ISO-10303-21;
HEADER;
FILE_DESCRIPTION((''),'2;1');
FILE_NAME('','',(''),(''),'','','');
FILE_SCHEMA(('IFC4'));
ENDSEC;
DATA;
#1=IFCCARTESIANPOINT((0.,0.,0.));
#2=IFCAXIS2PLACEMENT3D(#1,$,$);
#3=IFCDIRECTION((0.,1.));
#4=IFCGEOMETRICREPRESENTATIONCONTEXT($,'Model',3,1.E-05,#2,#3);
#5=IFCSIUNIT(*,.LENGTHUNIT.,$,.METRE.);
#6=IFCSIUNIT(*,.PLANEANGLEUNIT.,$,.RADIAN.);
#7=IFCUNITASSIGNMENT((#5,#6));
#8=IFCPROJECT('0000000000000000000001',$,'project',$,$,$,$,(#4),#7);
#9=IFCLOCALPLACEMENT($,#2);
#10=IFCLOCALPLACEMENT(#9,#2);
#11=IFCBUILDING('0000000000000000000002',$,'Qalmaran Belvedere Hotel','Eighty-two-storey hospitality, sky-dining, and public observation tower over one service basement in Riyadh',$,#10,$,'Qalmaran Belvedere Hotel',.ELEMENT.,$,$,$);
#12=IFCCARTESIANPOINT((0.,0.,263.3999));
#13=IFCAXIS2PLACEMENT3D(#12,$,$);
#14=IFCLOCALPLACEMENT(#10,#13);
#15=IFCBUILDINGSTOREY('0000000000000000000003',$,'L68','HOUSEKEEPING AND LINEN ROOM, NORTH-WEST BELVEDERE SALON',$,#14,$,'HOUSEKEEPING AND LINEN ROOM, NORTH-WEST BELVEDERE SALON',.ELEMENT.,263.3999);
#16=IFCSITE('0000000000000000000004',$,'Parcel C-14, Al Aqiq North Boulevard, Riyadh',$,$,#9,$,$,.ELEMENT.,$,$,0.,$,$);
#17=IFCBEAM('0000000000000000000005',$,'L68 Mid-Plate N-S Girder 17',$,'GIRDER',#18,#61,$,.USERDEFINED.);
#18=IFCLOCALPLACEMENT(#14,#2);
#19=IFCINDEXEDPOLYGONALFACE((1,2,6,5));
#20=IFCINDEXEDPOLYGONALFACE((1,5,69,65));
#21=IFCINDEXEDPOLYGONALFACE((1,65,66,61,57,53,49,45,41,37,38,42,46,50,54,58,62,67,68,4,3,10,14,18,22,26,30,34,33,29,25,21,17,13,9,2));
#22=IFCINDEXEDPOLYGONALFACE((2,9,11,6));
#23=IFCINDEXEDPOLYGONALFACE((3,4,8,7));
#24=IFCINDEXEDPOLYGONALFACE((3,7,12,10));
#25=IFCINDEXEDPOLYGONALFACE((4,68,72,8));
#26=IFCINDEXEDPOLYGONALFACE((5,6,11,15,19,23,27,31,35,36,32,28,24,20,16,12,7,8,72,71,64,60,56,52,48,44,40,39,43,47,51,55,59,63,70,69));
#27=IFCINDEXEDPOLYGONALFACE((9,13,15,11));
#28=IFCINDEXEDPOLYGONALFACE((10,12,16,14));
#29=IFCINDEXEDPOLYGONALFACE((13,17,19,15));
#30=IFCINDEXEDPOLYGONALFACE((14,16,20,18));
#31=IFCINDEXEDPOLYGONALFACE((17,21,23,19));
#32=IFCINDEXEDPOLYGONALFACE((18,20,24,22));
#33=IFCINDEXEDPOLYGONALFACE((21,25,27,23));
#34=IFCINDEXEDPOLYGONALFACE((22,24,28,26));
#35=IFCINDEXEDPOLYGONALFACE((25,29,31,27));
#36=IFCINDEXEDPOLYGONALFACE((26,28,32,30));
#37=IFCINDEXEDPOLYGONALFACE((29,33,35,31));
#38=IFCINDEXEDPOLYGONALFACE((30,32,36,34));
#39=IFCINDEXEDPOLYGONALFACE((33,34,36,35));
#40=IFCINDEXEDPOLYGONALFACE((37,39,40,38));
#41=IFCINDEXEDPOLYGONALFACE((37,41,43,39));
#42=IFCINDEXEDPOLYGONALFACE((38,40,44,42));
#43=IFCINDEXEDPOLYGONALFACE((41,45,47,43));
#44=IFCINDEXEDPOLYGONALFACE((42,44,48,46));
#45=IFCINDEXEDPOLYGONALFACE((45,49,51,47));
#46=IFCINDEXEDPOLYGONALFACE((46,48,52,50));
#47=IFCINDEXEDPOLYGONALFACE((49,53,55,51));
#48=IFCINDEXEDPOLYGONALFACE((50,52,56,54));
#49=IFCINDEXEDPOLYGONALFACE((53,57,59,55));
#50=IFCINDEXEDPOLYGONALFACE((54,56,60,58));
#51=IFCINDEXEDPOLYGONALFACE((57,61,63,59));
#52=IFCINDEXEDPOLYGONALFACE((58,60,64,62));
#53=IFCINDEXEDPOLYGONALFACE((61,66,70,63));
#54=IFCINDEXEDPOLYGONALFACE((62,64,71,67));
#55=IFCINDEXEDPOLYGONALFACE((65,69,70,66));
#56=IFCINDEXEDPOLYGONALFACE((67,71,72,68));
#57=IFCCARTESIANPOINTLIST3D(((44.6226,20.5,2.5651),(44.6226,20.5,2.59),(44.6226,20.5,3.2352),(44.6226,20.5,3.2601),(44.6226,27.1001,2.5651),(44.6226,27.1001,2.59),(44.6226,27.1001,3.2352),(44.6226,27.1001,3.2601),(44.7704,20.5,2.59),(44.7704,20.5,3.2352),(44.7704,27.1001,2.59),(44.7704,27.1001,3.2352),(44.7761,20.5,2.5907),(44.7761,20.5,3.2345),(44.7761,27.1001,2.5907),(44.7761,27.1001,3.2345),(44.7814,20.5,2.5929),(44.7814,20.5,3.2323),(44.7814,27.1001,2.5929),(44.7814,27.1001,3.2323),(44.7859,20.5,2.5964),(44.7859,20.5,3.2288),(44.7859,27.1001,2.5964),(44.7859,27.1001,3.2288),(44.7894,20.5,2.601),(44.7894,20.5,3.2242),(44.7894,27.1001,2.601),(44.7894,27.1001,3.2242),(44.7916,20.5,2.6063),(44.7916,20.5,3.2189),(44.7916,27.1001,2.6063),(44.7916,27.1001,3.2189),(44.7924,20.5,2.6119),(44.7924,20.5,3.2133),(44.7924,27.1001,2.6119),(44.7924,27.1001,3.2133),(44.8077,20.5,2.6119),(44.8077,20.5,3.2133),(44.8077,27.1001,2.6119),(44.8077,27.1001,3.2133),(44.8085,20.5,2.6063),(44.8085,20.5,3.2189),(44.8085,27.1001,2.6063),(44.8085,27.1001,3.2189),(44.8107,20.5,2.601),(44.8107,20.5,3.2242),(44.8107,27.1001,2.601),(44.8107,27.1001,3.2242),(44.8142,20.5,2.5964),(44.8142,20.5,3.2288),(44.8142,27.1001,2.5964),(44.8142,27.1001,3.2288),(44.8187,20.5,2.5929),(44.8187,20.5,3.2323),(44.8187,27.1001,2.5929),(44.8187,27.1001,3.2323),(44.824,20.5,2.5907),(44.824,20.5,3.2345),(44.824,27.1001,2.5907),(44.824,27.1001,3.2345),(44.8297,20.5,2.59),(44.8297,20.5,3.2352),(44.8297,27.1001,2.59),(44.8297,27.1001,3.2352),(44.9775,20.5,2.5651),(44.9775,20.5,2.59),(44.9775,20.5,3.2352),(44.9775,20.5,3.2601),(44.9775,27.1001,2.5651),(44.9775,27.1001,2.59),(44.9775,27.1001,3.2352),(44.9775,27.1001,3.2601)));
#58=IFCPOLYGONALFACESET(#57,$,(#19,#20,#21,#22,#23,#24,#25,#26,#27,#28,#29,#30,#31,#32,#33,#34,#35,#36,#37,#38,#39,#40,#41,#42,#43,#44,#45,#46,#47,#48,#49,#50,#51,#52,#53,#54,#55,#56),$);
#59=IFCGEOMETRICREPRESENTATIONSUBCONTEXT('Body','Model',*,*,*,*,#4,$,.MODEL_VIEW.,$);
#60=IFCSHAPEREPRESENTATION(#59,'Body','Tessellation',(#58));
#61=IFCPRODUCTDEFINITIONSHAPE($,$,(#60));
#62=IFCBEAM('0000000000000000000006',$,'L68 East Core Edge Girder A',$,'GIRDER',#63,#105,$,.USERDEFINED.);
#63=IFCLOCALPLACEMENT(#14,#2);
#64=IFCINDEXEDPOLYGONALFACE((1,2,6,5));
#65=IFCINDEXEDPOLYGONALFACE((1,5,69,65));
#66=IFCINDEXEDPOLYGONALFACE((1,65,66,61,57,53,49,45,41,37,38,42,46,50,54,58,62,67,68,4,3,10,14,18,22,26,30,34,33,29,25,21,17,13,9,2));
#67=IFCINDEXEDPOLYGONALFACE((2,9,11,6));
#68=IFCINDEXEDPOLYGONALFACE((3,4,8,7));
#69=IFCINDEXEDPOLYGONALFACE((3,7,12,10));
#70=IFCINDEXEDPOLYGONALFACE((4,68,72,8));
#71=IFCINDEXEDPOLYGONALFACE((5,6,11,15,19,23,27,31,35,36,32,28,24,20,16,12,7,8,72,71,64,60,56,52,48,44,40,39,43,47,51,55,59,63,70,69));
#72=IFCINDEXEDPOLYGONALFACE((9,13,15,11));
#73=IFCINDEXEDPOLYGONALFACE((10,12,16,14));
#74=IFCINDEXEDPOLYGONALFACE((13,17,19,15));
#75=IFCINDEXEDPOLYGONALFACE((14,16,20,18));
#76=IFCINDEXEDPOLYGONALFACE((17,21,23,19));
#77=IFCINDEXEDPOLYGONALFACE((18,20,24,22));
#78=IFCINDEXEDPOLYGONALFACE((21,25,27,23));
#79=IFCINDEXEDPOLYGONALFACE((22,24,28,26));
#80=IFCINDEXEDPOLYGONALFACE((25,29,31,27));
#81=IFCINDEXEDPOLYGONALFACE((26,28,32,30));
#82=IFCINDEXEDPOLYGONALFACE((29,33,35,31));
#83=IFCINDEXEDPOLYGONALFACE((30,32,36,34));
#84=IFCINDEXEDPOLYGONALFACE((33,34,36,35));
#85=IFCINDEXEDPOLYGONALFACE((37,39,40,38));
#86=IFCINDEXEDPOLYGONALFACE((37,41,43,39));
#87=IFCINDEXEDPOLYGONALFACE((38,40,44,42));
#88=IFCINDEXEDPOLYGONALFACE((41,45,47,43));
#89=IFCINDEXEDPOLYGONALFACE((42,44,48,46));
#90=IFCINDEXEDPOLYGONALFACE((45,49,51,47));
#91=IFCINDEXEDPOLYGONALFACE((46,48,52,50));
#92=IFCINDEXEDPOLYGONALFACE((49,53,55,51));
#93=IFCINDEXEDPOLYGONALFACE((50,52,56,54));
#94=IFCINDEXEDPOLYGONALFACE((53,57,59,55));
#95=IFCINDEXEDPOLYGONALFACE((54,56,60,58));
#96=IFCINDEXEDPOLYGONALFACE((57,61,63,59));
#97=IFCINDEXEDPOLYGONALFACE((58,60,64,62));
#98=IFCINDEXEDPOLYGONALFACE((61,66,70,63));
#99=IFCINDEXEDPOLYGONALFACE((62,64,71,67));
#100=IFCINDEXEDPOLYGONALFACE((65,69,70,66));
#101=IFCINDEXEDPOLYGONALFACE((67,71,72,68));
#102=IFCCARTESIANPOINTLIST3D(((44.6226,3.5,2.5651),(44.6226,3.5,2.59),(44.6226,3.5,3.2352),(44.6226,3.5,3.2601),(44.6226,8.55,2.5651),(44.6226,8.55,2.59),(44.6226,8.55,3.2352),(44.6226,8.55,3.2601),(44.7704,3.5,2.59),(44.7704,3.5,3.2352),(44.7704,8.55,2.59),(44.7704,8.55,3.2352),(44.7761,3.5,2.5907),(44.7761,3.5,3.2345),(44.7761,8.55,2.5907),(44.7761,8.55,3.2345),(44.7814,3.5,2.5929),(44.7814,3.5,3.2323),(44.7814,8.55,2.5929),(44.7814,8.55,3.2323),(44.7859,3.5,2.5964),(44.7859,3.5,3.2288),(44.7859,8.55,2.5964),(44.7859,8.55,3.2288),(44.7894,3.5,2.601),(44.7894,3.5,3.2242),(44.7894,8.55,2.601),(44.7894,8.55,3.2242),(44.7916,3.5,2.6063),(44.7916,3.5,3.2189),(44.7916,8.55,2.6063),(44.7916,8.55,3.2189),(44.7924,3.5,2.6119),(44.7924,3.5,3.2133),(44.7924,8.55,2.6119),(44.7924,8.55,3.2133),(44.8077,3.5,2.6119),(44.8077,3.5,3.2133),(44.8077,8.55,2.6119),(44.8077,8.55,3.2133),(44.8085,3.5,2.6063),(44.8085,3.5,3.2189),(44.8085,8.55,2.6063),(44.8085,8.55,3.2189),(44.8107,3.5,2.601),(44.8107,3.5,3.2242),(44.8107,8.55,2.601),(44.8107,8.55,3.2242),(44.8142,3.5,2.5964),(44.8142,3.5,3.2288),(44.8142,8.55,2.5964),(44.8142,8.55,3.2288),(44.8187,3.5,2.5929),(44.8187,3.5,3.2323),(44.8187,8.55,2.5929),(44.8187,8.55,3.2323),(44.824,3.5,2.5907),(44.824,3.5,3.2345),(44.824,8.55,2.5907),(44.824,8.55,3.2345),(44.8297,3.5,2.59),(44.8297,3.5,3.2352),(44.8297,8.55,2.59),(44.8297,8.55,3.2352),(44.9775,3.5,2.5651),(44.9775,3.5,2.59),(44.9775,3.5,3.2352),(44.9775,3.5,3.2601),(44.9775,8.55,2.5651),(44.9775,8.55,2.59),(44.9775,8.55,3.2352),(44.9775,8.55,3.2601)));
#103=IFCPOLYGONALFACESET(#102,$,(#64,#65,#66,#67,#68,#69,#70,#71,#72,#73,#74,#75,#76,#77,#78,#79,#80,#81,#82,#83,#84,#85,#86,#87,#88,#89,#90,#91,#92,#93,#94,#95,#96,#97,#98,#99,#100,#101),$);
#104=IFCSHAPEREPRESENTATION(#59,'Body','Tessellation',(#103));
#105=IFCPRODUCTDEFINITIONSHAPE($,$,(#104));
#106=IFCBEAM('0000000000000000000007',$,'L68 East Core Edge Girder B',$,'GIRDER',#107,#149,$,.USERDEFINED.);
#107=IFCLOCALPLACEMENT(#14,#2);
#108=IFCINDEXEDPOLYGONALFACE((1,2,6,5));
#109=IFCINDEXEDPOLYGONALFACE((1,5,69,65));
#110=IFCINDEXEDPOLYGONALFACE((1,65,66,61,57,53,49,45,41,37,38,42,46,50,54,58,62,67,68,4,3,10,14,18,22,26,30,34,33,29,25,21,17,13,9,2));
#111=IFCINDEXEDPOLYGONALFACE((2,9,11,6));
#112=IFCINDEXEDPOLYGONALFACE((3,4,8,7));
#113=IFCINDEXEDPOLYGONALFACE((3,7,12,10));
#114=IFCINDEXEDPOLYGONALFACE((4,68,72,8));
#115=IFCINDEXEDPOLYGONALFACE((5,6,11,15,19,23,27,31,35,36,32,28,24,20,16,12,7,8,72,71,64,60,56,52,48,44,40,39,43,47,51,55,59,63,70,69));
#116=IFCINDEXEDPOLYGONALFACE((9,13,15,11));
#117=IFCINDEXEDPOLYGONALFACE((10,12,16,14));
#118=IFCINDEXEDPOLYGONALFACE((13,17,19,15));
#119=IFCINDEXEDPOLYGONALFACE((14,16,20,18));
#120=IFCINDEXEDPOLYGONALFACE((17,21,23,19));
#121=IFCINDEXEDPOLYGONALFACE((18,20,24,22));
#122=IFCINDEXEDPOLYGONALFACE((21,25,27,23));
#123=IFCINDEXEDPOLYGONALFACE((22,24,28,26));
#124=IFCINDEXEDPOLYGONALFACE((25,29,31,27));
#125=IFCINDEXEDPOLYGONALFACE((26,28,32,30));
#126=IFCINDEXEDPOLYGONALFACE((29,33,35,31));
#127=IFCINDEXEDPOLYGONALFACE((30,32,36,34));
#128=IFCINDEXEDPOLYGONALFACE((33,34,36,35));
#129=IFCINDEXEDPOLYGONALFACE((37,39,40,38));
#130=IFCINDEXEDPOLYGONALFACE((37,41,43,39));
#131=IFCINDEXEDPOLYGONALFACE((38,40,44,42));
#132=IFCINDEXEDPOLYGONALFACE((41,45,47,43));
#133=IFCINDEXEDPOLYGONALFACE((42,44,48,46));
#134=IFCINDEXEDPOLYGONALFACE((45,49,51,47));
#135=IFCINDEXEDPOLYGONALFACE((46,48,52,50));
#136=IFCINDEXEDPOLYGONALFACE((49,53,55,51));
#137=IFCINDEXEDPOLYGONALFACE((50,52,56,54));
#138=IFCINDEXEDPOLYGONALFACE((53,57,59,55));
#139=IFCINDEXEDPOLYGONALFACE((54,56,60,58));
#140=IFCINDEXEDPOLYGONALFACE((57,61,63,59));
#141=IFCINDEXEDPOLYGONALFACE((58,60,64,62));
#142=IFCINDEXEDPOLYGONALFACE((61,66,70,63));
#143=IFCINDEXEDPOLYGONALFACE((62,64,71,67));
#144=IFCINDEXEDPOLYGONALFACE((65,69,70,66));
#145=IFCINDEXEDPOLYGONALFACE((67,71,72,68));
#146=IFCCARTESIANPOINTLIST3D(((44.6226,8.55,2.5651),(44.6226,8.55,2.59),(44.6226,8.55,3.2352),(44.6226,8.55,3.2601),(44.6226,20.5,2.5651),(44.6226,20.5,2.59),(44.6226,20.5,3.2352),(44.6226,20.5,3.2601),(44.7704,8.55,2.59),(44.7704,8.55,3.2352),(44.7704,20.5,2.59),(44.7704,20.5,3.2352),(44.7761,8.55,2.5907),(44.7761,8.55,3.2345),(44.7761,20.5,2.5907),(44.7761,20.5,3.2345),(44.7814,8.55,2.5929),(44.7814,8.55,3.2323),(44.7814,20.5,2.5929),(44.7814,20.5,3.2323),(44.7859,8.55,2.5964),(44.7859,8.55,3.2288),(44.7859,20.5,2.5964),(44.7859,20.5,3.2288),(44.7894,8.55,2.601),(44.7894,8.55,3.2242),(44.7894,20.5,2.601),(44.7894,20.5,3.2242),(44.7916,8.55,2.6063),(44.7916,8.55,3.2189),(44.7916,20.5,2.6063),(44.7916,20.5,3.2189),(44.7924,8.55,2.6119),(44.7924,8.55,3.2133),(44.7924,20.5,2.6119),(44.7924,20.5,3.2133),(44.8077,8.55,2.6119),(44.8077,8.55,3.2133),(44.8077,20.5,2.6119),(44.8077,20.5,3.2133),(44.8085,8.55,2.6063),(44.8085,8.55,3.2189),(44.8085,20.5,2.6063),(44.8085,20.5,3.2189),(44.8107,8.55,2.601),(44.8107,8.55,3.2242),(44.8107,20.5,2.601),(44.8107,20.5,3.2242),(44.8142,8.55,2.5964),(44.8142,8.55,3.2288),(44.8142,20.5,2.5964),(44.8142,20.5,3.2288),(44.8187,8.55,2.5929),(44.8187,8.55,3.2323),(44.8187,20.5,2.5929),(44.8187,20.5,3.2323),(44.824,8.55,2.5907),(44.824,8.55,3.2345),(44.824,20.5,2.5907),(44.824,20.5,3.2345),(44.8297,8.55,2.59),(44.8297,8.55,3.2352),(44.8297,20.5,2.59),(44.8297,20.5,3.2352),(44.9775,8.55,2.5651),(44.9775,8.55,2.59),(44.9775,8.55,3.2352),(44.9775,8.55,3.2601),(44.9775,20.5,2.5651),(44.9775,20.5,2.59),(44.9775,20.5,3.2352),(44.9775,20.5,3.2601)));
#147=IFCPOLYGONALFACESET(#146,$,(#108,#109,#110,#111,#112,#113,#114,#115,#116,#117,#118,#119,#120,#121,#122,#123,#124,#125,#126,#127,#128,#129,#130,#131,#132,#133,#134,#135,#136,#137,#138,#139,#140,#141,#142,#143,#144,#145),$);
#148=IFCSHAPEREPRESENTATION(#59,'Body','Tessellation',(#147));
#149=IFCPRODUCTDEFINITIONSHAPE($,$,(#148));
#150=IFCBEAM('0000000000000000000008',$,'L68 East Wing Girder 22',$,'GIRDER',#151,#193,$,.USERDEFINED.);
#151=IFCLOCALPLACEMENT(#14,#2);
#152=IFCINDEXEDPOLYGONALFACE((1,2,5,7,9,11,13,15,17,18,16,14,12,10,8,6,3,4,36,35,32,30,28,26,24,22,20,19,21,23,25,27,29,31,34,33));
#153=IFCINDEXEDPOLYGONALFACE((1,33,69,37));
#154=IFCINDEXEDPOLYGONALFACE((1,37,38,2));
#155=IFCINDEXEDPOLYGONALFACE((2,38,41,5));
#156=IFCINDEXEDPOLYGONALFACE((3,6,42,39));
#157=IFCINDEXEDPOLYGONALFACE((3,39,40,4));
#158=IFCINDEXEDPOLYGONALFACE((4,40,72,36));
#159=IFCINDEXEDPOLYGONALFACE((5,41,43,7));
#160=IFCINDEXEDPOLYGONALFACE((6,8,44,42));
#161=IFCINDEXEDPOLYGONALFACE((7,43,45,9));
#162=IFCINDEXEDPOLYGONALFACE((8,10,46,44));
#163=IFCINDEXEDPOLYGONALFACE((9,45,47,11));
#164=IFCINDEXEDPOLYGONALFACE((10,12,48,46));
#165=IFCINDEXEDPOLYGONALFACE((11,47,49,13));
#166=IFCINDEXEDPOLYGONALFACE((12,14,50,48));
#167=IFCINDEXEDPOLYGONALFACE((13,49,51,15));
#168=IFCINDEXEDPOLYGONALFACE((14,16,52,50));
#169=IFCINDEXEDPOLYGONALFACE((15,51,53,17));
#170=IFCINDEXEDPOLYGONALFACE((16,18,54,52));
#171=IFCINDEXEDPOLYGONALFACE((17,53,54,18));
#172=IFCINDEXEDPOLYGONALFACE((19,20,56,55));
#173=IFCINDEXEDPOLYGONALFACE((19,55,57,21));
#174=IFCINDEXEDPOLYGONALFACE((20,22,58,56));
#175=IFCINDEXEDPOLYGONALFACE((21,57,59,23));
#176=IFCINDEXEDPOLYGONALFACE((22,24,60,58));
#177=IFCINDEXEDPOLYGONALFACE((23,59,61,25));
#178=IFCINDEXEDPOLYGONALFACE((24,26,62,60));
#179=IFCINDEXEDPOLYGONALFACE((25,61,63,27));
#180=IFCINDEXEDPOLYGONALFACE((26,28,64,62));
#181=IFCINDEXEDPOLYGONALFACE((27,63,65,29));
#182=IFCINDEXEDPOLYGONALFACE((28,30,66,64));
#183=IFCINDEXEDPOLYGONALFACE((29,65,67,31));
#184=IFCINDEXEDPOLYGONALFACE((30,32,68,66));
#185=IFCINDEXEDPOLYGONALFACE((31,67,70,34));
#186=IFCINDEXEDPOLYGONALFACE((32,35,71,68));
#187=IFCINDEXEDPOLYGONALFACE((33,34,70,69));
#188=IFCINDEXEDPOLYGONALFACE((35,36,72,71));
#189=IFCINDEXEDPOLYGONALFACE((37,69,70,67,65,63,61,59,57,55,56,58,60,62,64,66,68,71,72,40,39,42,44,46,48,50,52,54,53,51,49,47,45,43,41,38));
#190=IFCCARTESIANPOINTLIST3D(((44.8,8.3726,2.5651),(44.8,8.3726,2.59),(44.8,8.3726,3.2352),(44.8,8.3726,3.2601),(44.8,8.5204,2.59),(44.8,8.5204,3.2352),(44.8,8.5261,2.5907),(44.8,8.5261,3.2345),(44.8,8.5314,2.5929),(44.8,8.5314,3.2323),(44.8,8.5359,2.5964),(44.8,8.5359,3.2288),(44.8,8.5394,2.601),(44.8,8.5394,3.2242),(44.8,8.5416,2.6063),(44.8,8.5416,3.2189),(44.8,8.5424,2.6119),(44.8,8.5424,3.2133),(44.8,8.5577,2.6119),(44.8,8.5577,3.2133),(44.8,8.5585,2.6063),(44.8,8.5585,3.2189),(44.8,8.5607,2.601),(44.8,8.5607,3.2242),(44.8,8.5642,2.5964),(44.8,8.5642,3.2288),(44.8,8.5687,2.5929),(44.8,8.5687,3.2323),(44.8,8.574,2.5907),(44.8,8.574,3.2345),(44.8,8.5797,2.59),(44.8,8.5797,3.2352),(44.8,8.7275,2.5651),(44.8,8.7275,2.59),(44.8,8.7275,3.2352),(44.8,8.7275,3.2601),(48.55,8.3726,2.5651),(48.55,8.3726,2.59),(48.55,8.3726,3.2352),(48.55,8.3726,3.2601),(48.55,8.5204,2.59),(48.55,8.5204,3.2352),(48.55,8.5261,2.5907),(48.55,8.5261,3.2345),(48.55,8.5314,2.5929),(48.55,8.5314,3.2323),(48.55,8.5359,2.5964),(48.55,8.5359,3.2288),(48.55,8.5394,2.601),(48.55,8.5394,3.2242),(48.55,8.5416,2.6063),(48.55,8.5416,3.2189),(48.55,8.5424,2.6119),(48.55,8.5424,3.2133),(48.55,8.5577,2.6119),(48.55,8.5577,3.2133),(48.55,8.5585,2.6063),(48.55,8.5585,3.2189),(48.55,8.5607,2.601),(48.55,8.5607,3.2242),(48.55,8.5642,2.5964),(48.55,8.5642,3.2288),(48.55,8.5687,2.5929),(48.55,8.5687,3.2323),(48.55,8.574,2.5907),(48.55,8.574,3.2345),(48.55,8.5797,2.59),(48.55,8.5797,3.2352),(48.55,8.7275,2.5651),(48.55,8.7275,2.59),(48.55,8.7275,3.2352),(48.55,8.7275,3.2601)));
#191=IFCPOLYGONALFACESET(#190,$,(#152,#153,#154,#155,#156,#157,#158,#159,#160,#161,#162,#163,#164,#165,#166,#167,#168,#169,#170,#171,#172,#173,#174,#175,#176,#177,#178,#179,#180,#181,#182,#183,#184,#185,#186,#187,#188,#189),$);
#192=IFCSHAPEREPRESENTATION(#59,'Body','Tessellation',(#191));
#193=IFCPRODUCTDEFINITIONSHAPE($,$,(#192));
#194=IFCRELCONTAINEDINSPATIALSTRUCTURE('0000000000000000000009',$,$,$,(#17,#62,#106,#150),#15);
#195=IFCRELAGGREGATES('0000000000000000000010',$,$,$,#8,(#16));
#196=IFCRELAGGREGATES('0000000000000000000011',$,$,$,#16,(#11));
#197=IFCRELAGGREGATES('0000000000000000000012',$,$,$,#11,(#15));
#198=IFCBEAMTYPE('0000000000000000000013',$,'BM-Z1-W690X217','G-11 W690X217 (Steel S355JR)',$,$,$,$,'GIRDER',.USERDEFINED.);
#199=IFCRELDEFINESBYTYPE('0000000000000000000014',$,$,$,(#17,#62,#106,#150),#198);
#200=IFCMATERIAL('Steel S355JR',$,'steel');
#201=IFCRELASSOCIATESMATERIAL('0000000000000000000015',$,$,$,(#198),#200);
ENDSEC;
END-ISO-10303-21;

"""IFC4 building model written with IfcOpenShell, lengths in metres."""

from ifc_helpers import new_model, si_unit, direction, frame, origin, origin_2d, place, context, subcontext, project, spatial, i_section, extrude, material, material_profile, profile_set, type_object, element, save


model = new_model("IFC4")

# Units and contexts
model_context = context("Model", 3, precision=1e-05, world=origin(), true_north=direction((0.0, 1.0)))
body_context = subcontext(model_context, "Body", "Model", "MODEL_VIEW")
ifc_project = project(units=[si_unit("LENGTHUNIT", "METRE"), si_unit("PLANEANGLEUNIT", "RADIAN")], contexts=[model_context])

# Site, building, storey
site_placement = place(None, origin())
site = spatial("IfcSite", under=ifc_project, at=site_placement, Name="Parcel C-14, Al Aqiq North Boulevard, Riyadh", CompositionType="ELEMENT", RefElevation=0.0)
building_placement = place(site_placement, origin())
building = spatial("IfcBuilding", under=site, at=building_placement, Name="Qalmaran Belvedere Hotel", Description="Eighty-two-storey hospitality, sky-dining, and public observation tower over one service basement in Riyadh", LongName="Qalmaran Belvedere Hotel", CompositionType="ELEMENT")
storey_placement = place(building_placement, frame((0.0, 0.0, 263.3999)))
storey = spatial("IfcBuildingStorey", under=building, at=storey_placement, Name="L68", Description="HOUSEKEEPING AND LINEN ROOM, NORTH-WEST BELVEDERE SALON", LongName="HOUSEKEEPING AND LINEN ROOM, NORTH-WEST BELVEDERE SALON", CompositionType="ELEMENT", Elevation=263.3999)

# Beams
ifc_material_1 = material(Name="Steel S355JR", Category="steel")
ifc_material_profile_1 = material_profile(ifc_material_1, i_section(OverallWidth=0.355, OverallDepth=0.6951, WebThickness=0.0154, FlangeThickness=0.0249, FilletRadius=0.022, at=origin_2d()), Name="W690X217")
ifc_profile_set_1 = profile_set([ifc_material_profile_1], Name="Steel S355JR")
beam_type_1 = type_object("IfcBeamType", Name="BM-Z1-W690X217", Description="G-11 W690X217 (Steel S355JR)", ElementType="GIRDER", PredefinedType="USERDEFINED", material=ifc_profile_set_1)
beam_1_placement = place(storey_placement, frame((44.8, 20.5, 2.9126), z_axis=(0.0, 1.0, 0.0), x_axis=(-1.0, 0.0, 0.0)))
element("IfcBeam", 1, at=beam_1_placement, inside=storey, type_object=beam_type_1, Name="L68 Mid-Plate N-S Girder 17", ObjectType="GIRDER", PredefinedType="USERDEFINED", context=body_context, shape_type="SweptSolid", body=[
    extrude(i_section(OverallWidth=0.355, OverallDepth=0.6951, WebThickness=0.0154, FlangeThickness=0.0249, FilletRadius=0.022, at=origin_2d()), origin(), (0.0, 0.0, 1.0), 6.6001),
])
beam_2_placement = place(storey_placement, frame((44.8, 3.5, 2.9126), z_axis=(0.0, 1.0, 0.0), x_axis=(-1.0, 0.0, 0.0)))
element("IfcBeam", 2, at=beam_2_placement, inside=storey, type_object=beam_type_1, Name="L68 East Core Edge Girder A", ObjectType="GIRDER", PredefinedType="USERDEFINED", context=body_context, shape_type="SweptSolid", body=[
    extrude(i_section(OverallWidth=0.355, OverallDepth=0.6951, WebThickness=0.0154, FlangeThickness=0.0249, FilletRadius=0.022, at=origin_2d()), origin(), (0.0, 0.0, 1.0), 5.05),
])
beam_3_placement = place(storey_placement, frame((44.8, 8.55, 2.9126), z_axis=(0.0, 1.0, 0.0), x_axis=(-1.0, 0.0, 0.0)))
element("IfcBeam", 3, at=beam_3_placement, inside=storey, type_object=beam_type_1, Name="L68 East Core Edge Girder B", ObjectType="GIRDER", PredefinedType="USERDEFINED", context=body_context, shape_type="SweptSolid", body=[
    extrude(i_section(OverallWidth=0.355, OverallDepth=0.6951, WebThickness=0.0154, FlangeThickness=0.0249, FilletRadius=0.022, at=origin_2d()), origin(), (0.0, 0.0, 1.0), 11.95),
])
for number, where, z_axis, x_axis, name in (
    (4, (44.8, 8.55, 2.9126), (1.0, 0.0, 0.0), (0.0, 1.0, 0.0), "L68 East Wing Girder 22"),
):
    element("IfcBeam", number, at=place(storey_placement, frame(where, z_axis=z_axis, x_axis=x_axis)), inside=storey, type_object=beam_type_1, Name=name, ObjectType="GIRDER", PredefinedType="USERDEFINED", context=body_context, shape_type="SweptSolid", body=[
        extrude(i_section(OverallWidth=0.355, OverallDepth=0.6951, WebThickness=0.0154, FlangeThickness=0.0249, FilletRadius=0.022, at=origin_2d()), origin(), (0.0, 0.0, 1.0), 3.75),
    ])

save(model, "model.ifc")
